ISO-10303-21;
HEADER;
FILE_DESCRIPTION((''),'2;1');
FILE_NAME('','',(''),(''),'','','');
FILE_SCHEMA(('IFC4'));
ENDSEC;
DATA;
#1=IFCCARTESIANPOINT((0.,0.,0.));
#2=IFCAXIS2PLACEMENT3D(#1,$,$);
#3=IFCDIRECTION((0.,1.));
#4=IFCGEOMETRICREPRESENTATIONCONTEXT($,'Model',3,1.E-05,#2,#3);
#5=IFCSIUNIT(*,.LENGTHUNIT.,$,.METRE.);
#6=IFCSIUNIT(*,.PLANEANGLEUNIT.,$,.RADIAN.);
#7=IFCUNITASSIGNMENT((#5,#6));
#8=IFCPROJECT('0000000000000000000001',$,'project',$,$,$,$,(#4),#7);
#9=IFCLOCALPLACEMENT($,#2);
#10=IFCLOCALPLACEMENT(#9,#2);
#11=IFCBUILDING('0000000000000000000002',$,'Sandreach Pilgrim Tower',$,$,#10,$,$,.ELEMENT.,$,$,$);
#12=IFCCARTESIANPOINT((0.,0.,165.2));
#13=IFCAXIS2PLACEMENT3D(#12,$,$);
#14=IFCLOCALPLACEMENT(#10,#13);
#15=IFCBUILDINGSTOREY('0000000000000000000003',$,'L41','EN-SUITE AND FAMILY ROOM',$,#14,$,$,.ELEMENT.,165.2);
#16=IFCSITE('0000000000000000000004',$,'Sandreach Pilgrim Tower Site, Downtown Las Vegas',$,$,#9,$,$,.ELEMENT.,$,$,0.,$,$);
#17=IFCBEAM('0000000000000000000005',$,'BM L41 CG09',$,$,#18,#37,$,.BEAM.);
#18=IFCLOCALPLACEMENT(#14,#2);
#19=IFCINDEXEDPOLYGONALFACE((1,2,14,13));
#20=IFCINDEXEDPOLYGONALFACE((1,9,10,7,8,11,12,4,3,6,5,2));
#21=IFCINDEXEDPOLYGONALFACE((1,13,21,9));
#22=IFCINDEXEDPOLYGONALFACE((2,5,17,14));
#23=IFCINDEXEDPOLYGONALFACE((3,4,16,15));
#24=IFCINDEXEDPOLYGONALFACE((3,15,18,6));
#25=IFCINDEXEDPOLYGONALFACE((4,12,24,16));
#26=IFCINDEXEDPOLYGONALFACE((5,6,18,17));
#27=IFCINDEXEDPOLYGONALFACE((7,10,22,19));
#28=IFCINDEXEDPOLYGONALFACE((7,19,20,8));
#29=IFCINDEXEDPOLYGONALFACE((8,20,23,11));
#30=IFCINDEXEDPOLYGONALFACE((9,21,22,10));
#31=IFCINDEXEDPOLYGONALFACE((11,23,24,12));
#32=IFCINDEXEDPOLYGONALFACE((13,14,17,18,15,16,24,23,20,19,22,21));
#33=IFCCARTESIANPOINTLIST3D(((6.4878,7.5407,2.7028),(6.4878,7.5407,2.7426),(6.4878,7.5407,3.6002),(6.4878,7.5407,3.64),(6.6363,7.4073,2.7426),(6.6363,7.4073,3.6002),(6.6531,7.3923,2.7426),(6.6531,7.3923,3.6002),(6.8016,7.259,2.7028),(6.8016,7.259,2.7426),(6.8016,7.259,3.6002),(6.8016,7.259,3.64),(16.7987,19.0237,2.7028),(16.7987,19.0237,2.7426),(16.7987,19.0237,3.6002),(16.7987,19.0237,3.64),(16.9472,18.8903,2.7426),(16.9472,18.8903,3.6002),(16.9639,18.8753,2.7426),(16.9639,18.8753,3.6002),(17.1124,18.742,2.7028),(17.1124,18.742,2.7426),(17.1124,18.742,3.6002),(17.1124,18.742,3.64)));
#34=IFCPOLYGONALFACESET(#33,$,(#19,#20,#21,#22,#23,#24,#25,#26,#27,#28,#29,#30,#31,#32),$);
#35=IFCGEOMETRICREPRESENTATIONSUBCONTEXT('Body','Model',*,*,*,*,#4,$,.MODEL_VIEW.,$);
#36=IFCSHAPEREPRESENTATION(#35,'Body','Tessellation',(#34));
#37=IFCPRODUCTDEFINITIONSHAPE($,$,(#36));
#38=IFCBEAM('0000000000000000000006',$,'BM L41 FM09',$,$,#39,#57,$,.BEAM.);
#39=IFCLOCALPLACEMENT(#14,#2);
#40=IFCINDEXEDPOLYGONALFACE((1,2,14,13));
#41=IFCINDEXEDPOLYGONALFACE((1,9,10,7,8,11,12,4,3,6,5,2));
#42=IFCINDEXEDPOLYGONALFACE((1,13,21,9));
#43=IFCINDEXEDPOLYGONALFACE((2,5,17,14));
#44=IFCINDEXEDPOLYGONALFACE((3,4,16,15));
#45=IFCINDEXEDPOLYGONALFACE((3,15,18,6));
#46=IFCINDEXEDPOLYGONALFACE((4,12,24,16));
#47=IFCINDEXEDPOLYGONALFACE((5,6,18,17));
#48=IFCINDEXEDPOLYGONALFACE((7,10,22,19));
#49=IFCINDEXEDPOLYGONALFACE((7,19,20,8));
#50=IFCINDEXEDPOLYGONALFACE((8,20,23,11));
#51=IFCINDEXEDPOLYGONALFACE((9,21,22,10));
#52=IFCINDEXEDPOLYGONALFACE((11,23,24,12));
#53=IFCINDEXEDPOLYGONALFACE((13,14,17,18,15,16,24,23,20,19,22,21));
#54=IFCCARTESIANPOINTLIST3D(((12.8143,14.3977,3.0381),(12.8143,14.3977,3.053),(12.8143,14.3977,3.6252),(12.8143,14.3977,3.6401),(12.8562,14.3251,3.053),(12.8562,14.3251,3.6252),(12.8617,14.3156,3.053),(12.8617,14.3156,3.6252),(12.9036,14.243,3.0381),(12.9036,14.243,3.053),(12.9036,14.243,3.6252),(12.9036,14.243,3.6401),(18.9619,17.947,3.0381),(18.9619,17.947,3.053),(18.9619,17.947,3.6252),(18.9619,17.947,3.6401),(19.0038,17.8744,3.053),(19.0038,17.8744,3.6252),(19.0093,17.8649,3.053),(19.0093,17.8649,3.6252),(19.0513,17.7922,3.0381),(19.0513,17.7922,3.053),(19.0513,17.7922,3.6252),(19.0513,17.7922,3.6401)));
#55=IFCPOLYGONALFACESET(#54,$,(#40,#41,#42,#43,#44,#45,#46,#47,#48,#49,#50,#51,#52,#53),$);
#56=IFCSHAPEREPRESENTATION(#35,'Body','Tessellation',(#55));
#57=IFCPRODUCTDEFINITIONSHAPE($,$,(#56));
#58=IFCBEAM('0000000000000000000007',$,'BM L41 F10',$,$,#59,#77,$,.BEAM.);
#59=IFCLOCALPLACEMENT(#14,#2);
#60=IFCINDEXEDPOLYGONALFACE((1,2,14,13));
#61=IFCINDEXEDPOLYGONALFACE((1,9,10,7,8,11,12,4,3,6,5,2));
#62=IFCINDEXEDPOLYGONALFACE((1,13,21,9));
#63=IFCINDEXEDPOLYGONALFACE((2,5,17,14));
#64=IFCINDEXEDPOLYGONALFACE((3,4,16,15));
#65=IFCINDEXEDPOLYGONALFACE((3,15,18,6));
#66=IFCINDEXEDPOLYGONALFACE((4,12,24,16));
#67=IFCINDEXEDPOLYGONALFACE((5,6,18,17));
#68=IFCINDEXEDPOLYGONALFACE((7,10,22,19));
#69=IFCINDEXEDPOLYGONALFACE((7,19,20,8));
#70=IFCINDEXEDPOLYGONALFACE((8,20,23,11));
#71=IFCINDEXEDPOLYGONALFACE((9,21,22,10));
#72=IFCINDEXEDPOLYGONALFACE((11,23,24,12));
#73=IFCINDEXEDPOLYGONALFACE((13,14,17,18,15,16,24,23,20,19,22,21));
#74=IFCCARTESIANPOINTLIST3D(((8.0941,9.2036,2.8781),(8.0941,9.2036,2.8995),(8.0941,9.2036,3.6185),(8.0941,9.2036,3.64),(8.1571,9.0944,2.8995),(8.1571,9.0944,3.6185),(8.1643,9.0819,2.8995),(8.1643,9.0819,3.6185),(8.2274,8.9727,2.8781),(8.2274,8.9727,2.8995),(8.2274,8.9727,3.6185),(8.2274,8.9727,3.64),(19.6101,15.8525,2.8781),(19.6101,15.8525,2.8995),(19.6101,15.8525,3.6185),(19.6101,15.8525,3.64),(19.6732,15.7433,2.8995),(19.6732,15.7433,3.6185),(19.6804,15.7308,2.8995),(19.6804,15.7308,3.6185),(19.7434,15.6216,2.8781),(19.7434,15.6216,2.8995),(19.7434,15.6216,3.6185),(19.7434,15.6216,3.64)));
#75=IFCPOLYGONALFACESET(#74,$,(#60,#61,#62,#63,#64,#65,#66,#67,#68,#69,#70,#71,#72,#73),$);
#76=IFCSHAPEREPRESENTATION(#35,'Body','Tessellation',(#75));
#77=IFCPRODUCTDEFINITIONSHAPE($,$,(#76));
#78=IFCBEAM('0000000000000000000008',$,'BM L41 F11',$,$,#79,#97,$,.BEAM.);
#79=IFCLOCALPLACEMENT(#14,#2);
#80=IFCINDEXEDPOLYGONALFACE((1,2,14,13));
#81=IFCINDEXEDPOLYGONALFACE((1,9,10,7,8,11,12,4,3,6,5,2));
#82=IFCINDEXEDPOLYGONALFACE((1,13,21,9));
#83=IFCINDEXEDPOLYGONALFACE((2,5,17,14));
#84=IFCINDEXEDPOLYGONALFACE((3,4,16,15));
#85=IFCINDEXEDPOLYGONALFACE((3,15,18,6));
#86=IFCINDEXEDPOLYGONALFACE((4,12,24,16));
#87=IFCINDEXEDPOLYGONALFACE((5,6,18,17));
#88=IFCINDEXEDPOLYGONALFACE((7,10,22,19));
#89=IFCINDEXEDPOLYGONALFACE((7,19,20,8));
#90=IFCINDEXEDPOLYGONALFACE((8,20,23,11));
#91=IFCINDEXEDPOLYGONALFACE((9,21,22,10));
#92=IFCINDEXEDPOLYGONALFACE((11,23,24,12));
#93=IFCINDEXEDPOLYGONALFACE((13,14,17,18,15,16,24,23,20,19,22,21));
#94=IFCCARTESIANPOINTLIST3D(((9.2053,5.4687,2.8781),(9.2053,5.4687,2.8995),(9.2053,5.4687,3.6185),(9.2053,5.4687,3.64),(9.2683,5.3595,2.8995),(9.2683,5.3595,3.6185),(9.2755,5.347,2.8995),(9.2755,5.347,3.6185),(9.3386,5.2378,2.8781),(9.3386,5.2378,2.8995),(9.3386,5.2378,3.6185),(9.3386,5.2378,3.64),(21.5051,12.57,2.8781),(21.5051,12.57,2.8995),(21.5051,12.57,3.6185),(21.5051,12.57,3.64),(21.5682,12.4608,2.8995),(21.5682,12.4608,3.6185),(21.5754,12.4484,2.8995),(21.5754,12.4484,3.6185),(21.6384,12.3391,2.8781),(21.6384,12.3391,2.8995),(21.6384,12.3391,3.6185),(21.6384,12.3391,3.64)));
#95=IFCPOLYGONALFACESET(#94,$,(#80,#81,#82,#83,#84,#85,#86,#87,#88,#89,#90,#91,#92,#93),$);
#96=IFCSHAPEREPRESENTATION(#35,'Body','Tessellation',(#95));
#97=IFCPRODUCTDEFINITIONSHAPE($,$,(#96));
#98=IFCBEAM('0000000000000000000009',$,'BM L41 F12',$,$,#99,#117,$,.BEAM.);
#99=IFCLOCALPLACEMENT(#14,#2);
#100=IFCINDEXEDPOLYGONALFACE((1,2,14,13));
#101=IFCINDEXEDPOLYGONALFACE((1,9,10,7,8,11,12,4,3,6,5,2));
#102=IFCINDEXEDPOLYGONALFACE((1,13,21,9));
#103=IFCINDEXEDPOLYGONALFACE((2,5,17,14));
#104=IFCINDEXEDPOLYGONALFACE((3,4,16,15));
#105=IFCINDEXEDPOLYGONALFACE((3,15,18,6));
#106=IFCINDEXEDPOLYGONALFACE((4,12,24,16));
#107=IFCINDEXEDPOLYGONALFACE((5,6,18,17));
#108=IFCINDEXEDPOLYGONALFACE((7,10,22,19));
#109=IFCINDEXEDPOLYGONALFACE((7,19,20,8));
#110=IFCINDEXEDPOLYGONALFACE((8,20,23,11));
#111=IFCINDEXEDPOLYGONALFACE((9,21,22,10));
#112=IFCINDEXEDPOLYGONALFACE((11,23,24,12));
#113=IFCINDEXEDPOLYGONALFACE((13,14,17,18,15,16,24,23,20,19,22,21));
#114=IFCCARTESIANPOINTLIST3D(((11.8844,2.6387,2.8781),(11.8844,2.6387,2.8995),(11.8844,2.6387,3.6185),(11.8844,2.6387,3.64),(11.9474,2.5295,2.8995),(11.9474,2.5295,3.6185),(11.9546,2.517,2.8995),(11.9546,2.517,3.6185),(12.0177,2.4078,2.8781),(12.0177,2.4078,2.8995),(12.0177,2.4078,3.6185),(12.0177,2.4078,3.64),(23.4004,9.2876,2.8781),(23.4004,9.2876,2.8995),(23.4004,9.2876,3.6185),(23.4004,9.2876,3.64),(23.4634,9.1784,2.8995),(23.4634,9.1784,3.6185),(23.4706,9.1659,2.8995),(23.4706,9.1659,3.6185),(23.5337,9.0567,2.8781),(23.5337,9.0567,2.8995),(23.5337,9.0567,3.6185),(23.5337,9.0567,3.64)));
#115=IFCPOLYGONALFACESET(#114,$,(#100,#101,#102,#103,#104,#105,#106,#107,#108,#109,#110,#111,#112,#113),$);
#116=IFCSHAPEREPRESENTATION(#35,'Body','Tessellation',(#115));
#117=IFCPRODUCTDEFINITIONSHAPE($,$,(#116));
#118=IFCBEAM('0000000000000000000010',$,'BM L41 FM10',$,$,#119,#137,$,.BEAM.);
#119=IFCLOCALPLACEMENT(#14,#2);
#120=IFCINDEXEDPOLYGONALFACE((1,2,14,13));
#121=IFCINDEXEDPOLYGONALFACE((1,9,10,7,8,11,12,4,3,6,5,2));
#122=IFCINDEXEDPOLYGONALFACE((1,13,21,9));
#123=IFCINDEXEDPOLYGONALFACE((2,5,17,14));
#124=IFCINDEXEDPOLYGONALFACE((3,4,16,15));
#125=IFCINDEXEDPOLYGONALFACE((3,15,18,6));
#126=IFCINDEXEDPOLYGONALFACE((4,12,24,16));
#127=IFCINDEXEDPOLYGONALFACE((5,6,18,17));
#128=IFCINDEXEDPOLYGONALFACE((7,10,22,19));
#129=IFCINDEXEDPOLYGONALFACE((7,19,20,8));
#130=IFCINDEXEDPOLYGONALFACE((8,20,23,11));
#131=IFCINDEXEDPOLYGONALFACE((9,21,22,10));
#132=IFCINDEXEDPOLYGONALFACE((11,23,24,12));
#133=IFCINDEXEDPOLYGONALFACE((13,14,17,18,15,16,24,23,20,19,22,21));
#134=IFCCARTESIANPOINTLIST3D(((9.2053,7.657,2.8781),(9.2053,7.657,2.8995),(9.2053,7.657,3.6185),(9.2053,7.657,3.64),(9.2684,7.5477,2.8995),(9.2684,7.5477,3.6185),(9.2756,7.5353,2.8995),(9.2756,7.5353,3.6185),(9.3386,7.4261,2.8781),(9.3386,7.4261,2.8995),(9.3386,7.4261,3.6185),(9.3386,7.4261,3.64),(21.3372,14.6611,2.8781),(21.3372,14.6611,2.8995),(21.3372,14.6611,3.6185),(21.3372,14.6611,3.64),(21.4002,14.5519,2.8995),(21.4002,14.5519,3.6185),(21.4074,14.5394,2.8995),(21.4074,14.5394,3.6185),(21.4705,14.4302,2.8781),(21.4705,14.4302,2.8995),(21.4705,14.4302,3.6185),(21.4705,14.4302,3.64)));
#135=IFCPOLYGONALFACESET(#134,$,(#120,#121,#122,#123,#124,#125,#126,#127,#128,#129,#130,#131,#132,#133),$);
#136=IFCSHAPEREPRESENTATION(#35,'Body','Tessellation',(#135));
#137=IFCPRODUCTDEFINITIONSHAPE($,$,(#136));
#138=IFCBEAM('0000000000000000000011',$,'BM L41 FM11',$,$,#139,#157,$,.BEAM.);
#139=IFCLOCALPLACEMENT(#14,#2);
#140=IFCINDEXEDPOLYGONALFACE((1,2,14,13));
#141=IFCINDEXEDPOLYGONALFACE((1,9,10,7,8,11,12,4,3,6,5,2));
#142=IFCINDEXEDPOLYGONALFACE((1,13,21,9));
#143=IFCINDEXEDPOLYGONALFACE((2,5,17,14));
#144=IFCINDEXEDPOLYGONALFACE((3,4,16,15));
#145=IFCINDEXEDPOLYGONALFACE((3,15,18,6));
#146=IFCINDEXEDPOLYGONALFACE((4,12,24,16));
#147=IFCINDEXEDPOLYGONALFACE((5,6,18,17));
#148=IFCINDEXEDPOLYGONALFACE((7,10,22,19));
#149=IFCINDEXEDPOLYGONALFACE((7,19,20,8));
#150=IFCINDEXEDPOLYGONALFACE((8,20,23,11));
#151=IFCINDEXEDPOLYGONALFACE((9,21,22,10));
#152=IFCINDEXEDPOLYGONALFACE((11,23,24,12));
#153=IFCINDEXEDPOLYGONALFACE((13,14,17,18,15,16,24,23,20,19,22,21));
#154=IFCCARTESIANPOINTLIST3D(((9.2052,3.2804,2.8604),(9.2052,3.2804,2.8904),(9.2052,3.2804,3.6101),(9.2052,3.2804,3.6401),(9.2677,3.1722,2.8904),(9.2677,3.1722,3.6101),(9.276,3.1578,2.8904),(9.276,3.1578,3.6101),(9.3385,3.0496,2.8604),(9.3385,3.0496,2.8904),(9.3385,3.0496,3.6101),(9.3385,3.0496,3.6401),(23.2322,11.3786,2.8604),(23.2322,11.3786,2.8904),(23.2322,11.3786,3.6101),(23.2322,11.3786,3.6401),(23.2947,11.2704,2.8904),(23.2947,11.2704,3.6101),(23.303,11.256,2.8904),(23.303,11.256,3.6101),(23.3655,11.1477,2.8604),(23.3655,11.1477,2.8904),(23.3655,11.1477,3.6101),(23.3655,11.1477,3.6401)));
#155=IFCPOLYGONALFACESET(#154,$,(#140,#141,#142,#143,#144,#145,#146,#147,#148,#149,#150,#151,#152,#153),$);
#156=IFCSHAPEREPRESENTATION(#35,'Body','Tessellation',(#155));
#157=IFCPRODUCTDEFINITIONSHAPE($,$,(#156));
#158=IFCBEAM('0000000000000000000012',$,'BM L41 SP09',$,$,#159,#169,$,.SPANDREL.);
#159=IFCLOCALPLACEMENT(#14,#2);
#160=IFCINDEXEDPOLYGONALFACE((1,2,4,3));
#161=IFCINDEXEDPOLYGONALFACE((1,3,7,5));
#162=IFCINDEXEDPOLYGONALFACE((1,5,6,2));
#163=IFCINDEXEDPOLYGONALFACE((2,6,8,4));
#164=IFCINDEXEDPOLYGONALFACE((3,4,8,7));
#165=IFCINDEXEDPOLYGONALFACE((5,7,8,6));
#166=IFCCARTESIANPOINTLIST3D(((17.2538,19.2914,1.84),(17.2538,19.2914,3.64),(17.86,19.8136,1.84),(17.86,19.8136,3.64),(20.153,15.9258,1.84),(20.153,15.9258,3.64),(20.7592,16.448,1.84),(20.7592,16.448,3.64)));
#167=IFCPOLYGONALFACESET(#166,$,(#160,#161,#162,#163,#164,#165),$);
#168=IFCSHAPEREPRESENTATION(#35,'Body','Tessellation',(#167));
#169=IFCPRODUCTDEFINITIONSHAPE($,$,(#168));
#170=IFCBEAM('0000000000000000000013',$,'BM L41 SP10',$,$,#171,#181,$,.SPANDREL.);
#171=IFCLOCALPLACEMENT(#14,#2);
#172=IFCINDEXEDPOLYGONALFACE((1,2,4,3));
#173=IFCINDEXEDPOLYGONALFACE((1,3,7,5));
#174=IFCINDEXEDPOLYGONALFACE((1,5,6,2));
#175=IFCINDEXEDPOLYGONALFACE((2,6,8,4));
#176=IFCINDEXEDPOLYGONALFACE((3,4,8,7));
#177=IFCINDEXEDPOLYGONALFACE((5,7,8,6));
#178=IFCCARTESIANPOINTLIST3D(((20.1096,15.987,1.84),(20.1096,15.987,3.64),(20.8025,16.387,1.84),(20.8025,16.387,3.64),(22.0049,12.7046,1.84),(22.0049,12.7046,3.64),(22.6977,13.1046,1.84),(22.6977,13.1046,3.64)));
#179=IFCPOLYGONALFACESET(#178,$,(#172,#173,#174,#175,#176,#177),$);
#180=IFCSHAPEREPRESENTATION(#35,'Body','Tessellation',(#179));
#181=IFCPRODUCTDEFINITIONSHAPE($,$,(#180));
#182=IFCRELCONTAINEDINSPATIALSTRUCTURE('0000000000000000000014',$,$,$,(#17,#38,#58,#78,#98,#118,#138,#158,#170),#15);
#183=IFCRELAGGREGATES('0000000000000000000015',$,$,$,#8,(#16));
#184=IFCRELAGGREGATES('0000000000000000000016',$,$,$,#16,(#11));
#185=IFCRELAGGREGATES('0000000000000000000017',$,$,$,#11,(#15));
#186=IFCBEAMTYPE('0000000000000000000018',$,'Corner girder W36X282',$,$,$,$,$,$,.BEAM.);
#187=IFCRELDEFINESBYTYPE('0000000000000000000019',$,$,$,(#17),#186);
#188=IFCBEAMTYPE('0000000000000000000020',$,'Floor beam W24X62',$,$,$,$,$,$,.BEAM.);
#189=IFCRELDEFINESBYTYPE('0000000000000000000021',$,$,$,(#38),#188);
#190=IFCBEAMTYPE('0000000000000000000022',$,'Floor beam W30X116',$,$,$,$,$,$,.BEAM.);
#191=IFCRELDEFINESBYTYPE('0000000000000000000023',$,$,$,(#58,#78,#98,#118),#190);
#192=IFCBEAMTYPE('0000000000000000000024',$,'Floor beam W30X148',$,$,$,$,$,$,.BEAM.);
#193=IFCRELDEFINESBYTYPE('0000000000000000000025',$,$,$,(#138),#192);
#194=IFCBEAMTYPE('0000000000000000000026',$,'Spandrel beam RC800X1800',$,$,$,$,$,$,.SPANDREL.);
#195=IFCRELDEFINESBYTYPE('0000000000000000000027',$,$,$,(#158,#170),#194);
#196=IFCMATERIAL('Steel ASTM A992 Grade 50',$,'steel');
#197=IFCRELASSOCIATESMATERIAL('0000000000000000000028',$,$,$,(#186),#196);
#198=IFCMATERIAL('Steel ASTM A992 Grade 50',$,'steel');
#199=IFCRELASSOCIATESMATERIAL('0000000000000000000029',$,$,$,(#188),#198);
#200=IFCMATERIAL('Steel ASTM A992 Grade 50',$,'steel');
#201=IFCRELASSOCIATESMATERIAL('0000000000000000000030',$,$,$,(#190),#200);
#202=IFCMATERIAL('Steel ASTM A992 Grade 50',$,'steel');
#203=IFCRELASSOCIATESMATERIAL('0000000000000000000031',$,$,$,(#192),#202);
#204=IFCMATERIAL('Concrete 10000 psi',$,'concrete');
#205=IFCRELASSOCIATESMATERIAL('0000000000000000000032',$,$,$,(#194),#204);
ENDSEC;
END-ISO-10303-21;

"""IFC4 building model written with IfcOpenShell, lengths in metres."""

from ifc_helpers import new_model, si_unit, direction, frame, origin, origin_2d, place, context, subcontext, project, spatial, rectangle, i_section, extrude, material, material_profile, profile_set, type_object, element, save


model = new_model("IFC4")

# Units and contexts
model_context = context("Model", 3, precision=1e-05, world=origin(), true_north=direction((0.0, 1.0)))
body_context = subcontext(model_context, "Body", "Model", "MODEL_VIEW")
ifc_project = project(units=[si_unit("LENGTHUNIT", "METRE"), si_unit("PLANEANGLEUNIT", "RADIAN")], contexts=[model_context])

# Site, building, storey
site_placement = place(None, origin())
site = spatial("IfcSite", under=ifc_project, at=site_placement, Name="Sandreach Pilgrim Tower Site, Downtown Las Vegas", CompositionType="ELEMENT", RefElevation=0.0)
building_placement = place(site_placement, origin())
building = spatial("IfcBuilding", under=site, at=building_placement, Name="Sandreach Pilgrim Tower", CompositionType="ELEMENT")
storey_placement = place(building_placement, frame((0.0, 0.0, 165.2)))
storey = spatial("IfcBuildingStorey", under=building, at=storey_placement, Name="L41", Description="EN-SUITE AND FAMILY ROOM", CompositionType="ELEMENT", Elevation=165.2)

# Beams
ifc_material_1 = material(Name="Steel ASTM A992 Grade 50", Category="steel")
ifc_material_profile_1 = material_profile(ifc_material_1, i_section(OverallWidth=0.4216, OverallDepth=0.9373, WebThickness=0.0225, FlangeThickness=0.0398, at=origin_2d()), Name="W36X282")
ifc_profile_set_1 = profile_set([ifc_material_profile_1], Name="Steel ASTM A992 Grade 50")
beam_type_1 = type_object("IfcBeamType", Name="Corner girder W36X282", PredefinedType="BEAM", material=ifc_profile_set_1)
beam_1_placement = place(storey_placement, frame((16.9556, 18.8828, 3.1714), z_axis=(-0.668111, -0.744061, 0.0), x_axis=(0.744061, -0.668111, 0.0)))
element("IfcBeam", 1, at=beam_1_placement, inside=storey, type_object=beam_type_1, Name="BM L41 CG09", PredefinedType="BEAM", context=body_context, shape_type="SweptSolid", body=[
    extrude(i_section(OverallWidth=0.4216, OverallDepth=0.9373, WebThickness=0.0225, FlangeThickness=0.0398, at=origin_2d()), origin(), (0.0, 0.0, 1.0), 15.4329),
])
ifc_material_2 = material(Name="Steel ASTM A992 Grade 50", Category="steel")
ifc_material_profile_2 = material_profile(ifc_material_2, i_section(OverallWidth=0.1787, OverallDepth=0.6021, WebThickness=0.011, FlangeThickness=0.0149, at=origin_2d()), Name="W24X62")
ifc_profile_set_2 = profile_set([ifc_material_profile_2], Name="Steel ASTM A992 Grade 50")
beam_type_2 = type_object("IfcBeamType", Name="Floor beam W24X62", PredefinedType="BEAM", material=ifc_profile_set_2)
beam_2_placement = place(storey_placement, frame((19.0066, 17.8696, 3.3391), z_axis=(-0.866029, -0.499993, 0.0), x_axis=(0.499993, -0.866029, 0.0)))
element("IfcBeam", 2, at=beam_2_placement, inside=storey, type_object=beam_type_2, Name="BM L41 FM09", PredefinedType="BEAM", context=body_context, shape_type="SweptSolid", body=[
    extrude(i_section(OverallWidth=0.1787, OverallDepth=0.6021, WebThickness=0.011, FlangeThickness=0.0149, at=origin_2d()), origin(), (0.0, 0.0, 1.0), 7.0986),
])
ifc_material_3 = material(Name="Steel ASTM A992 Grade 50", Category="steel")
ifc_material_profile_3 = material_profile(ifc_material_3, i_section(OverallWidth=0.2666, OverallDepth=0.762, WebThickness=0.0144, FlangeThickness=0.0215, at=origin_2d()), Name="W30X116")
ifc_profile_set_3 = profile_set([ifc_material_profile_3], Name="Steel ASTM A992 Grade 50")
beam_type_3 = type_object("IfcBeamType", Name="Floor beam W30X116", PredefinedType="BEAM", material=ifc_profile_set_3)
beam_3_placement = place(storey_placement, frame((19.6768, 15.7371, 3.259), z_axis=(-0.866022, -0.500005, 0.0), x_axis=(0.500005, -0.866022, 0.0)))
element("IfcBeam", 3, at=beam_3_placement, inside=storey, type_object=beam_type_3, Name="BM L41 F10", PredefinedType="BEAM", context=body_context, shape_type="SweptSolid", body=[
    extrude(i_section(OverallWidth=0.2666, OverallDepth=0.762, WebThickness=0.0144, FlangeThickness=0.0215, at=origin_2d()), origin(), (0.0, 0.0, 1.0), 13.2976),
])
beam_4_placement = place(storey_placement, frame((21.5718, 12.4546, 3.259), z_axis=(-0.866025, -0.500001, 0.0), x_axis=(0.500001, -0.866025, 0.0)))
element("IfcBeam", 4, at=beam_4_placement, inside=storey, type_object=beam_type_3, Name="BM L41 F11", PredefinedType="BEAM", context=body_context, shape_type="SweptSolid", body=[
    extrude(i_section(OverallWidth=0.2666, OverallDepth=0.762, WebThickness=0.0144, FlangeThickness=0.0215, at=origin_2d()), origin(), (0.0, 0.0, 1.0), 14.2026),
])
beam_5_placement = place(storey_placement, frame((23.467, 9.1721, 3.259), z_axis=(-0.866022, -0.500005, 0.0), x_axis=(0.500005, -0.866022, 0.0)))
element("IfcBeam", 5, at=beam_5_placement, inside=storey, type_object=beam_type_3, Name="BM L41 F12", PredefinedType="BEAM", context=body_context, shape_type="SweptSolid", body=[
    extrude(i_section(OverallWidth=0.2666, OverallDepth=0.762, WebThickness=0.0144, FlangeThickness=0.0215, at=origin_2d()), origin(), (0.0, 0.0, 1.0), 13.2976),
])
beam_6_placement = place(storey_placement, frame((21.4038, 14.5457, 3.259), z_axis=(-0.866031, -0.499991, 0.0), x_axis=(0.499991, -0.866031, 0.0)))
element("IfcBeam", 6, at=beam_6_placement, inside=storey, type_object=beam_type_3, Name="BM L41 FM10", PredefinedType="BEAM", context=body_context, shape_type="SweptSolid", body=[
    extrude(i_section(OverallWidth=0.2666, OverallDepth=0.762, WebThickness=0.0144, FlangeThickness=0.0215, at=origin_2d()), origin(), (0.0, 0.0, 1.0), 14.0085),
])
ifc_material_4 = material(Name="Steel ASTM A992 Grade 50", Category="steel")
ifc_material_profile_4 = material_profile(ifc_material_4, i_section(OverallWidth=0.2666, OverallDepth=0.7798, WebThickness=0.0166, FlangeThickness=0.03, at=origin_2d()), Name="W30X148")
ifc_profile_set_4 = profile_set([ifc_material_profile_4], Name="Steel ASTM A992 Grade 50")
beam_type_4 = type_object("IfcBeamType", Name="Floor beam W30X148", PredefinedType="BEAM", material=ifc_profile_set_4)
beam_7_placement = place(storey_placement, frame((23.2988, 11.2632, 3.2502), z_axis=(-0.866032, -0.499988, 0.0), x_axis=(0.499988, -0.866032, 0.0)))
element("IfcBeam", 7, at=beam_7_placement, inside=storey, type_object=beam_type_4, Name="BM L41 FM11", PredefinedType="BEAM", context=body_context, shape_type="SweptSolid", body=[
    extrude(i_section(OverallWidth=0.2666, OverallDepth=0.7798, WebThickness=0.0166, FlangeThickness=0.03, at=origin_2d()), origin(), (0.0, 0.0, 1.0), 16.1968),
])
ifc_material_5 = material(Name="Concrete 10000 psi", Category="concrete")
ifc_material_profile_5 = material_profile(ifc_material_5, rectangle(XDim=0.8, YDim=1.8, at=origin_2d()), Name="RC800X1800")
ifc_profile_set_5 = profile_set([ifc_material_profile_5], Name="Concrete 10000 psi")
beam_type_5 = type_object("IfcBeamType", Name="Spandrel beam RC800X1800", PredefinedType="SPANDREL", material=ifc_profile_set_5)
beam_8_placement = place(storey_placement, frame((17.5569, 19.5525, 2.74), z_axis=(0.652668, -0.757644, 0.0), x_axis=(0.757644, 0.652668, 0.0)))
element("IfcBeam", 8, at=beam_8_placement, inside=storey, type_object=beam_type_5, Name="BM L41 SP09", PredefinedType="SPANDREL", context=body_context, shape_type="SweptSolid", body=[
    extrude(rectangle(XDim=0.8, YDim=1.8, at=origin_2d()), origin(), (0.0, 0.0, 1.0), 4.4421),
])
for number, where, z_axis, x_axis, name in (
    (9, (20.4561, 16.187, 2.74), (0.500025, -0.866011, 0.0), (0.866011, 0.500025, 0.0), "BM L41 SP10"),
):
    element("IfcBeam", number, at=place(storey_placement, frame(where, z_axis=z_axis, x_axis=x_axis)), inside=storey, type_object=beam_type_5, Name=name, PredefinedType="SPANDREL", context=body_context, shape_type="SweptSolid", body=[
        extrude(rectangle(XDim=0.8, YDim=1.8, at=origin_2d()), origin(), (0.0, 0.0, 1.0), 3.7903),
    ])

save(model, "model.ifc")
